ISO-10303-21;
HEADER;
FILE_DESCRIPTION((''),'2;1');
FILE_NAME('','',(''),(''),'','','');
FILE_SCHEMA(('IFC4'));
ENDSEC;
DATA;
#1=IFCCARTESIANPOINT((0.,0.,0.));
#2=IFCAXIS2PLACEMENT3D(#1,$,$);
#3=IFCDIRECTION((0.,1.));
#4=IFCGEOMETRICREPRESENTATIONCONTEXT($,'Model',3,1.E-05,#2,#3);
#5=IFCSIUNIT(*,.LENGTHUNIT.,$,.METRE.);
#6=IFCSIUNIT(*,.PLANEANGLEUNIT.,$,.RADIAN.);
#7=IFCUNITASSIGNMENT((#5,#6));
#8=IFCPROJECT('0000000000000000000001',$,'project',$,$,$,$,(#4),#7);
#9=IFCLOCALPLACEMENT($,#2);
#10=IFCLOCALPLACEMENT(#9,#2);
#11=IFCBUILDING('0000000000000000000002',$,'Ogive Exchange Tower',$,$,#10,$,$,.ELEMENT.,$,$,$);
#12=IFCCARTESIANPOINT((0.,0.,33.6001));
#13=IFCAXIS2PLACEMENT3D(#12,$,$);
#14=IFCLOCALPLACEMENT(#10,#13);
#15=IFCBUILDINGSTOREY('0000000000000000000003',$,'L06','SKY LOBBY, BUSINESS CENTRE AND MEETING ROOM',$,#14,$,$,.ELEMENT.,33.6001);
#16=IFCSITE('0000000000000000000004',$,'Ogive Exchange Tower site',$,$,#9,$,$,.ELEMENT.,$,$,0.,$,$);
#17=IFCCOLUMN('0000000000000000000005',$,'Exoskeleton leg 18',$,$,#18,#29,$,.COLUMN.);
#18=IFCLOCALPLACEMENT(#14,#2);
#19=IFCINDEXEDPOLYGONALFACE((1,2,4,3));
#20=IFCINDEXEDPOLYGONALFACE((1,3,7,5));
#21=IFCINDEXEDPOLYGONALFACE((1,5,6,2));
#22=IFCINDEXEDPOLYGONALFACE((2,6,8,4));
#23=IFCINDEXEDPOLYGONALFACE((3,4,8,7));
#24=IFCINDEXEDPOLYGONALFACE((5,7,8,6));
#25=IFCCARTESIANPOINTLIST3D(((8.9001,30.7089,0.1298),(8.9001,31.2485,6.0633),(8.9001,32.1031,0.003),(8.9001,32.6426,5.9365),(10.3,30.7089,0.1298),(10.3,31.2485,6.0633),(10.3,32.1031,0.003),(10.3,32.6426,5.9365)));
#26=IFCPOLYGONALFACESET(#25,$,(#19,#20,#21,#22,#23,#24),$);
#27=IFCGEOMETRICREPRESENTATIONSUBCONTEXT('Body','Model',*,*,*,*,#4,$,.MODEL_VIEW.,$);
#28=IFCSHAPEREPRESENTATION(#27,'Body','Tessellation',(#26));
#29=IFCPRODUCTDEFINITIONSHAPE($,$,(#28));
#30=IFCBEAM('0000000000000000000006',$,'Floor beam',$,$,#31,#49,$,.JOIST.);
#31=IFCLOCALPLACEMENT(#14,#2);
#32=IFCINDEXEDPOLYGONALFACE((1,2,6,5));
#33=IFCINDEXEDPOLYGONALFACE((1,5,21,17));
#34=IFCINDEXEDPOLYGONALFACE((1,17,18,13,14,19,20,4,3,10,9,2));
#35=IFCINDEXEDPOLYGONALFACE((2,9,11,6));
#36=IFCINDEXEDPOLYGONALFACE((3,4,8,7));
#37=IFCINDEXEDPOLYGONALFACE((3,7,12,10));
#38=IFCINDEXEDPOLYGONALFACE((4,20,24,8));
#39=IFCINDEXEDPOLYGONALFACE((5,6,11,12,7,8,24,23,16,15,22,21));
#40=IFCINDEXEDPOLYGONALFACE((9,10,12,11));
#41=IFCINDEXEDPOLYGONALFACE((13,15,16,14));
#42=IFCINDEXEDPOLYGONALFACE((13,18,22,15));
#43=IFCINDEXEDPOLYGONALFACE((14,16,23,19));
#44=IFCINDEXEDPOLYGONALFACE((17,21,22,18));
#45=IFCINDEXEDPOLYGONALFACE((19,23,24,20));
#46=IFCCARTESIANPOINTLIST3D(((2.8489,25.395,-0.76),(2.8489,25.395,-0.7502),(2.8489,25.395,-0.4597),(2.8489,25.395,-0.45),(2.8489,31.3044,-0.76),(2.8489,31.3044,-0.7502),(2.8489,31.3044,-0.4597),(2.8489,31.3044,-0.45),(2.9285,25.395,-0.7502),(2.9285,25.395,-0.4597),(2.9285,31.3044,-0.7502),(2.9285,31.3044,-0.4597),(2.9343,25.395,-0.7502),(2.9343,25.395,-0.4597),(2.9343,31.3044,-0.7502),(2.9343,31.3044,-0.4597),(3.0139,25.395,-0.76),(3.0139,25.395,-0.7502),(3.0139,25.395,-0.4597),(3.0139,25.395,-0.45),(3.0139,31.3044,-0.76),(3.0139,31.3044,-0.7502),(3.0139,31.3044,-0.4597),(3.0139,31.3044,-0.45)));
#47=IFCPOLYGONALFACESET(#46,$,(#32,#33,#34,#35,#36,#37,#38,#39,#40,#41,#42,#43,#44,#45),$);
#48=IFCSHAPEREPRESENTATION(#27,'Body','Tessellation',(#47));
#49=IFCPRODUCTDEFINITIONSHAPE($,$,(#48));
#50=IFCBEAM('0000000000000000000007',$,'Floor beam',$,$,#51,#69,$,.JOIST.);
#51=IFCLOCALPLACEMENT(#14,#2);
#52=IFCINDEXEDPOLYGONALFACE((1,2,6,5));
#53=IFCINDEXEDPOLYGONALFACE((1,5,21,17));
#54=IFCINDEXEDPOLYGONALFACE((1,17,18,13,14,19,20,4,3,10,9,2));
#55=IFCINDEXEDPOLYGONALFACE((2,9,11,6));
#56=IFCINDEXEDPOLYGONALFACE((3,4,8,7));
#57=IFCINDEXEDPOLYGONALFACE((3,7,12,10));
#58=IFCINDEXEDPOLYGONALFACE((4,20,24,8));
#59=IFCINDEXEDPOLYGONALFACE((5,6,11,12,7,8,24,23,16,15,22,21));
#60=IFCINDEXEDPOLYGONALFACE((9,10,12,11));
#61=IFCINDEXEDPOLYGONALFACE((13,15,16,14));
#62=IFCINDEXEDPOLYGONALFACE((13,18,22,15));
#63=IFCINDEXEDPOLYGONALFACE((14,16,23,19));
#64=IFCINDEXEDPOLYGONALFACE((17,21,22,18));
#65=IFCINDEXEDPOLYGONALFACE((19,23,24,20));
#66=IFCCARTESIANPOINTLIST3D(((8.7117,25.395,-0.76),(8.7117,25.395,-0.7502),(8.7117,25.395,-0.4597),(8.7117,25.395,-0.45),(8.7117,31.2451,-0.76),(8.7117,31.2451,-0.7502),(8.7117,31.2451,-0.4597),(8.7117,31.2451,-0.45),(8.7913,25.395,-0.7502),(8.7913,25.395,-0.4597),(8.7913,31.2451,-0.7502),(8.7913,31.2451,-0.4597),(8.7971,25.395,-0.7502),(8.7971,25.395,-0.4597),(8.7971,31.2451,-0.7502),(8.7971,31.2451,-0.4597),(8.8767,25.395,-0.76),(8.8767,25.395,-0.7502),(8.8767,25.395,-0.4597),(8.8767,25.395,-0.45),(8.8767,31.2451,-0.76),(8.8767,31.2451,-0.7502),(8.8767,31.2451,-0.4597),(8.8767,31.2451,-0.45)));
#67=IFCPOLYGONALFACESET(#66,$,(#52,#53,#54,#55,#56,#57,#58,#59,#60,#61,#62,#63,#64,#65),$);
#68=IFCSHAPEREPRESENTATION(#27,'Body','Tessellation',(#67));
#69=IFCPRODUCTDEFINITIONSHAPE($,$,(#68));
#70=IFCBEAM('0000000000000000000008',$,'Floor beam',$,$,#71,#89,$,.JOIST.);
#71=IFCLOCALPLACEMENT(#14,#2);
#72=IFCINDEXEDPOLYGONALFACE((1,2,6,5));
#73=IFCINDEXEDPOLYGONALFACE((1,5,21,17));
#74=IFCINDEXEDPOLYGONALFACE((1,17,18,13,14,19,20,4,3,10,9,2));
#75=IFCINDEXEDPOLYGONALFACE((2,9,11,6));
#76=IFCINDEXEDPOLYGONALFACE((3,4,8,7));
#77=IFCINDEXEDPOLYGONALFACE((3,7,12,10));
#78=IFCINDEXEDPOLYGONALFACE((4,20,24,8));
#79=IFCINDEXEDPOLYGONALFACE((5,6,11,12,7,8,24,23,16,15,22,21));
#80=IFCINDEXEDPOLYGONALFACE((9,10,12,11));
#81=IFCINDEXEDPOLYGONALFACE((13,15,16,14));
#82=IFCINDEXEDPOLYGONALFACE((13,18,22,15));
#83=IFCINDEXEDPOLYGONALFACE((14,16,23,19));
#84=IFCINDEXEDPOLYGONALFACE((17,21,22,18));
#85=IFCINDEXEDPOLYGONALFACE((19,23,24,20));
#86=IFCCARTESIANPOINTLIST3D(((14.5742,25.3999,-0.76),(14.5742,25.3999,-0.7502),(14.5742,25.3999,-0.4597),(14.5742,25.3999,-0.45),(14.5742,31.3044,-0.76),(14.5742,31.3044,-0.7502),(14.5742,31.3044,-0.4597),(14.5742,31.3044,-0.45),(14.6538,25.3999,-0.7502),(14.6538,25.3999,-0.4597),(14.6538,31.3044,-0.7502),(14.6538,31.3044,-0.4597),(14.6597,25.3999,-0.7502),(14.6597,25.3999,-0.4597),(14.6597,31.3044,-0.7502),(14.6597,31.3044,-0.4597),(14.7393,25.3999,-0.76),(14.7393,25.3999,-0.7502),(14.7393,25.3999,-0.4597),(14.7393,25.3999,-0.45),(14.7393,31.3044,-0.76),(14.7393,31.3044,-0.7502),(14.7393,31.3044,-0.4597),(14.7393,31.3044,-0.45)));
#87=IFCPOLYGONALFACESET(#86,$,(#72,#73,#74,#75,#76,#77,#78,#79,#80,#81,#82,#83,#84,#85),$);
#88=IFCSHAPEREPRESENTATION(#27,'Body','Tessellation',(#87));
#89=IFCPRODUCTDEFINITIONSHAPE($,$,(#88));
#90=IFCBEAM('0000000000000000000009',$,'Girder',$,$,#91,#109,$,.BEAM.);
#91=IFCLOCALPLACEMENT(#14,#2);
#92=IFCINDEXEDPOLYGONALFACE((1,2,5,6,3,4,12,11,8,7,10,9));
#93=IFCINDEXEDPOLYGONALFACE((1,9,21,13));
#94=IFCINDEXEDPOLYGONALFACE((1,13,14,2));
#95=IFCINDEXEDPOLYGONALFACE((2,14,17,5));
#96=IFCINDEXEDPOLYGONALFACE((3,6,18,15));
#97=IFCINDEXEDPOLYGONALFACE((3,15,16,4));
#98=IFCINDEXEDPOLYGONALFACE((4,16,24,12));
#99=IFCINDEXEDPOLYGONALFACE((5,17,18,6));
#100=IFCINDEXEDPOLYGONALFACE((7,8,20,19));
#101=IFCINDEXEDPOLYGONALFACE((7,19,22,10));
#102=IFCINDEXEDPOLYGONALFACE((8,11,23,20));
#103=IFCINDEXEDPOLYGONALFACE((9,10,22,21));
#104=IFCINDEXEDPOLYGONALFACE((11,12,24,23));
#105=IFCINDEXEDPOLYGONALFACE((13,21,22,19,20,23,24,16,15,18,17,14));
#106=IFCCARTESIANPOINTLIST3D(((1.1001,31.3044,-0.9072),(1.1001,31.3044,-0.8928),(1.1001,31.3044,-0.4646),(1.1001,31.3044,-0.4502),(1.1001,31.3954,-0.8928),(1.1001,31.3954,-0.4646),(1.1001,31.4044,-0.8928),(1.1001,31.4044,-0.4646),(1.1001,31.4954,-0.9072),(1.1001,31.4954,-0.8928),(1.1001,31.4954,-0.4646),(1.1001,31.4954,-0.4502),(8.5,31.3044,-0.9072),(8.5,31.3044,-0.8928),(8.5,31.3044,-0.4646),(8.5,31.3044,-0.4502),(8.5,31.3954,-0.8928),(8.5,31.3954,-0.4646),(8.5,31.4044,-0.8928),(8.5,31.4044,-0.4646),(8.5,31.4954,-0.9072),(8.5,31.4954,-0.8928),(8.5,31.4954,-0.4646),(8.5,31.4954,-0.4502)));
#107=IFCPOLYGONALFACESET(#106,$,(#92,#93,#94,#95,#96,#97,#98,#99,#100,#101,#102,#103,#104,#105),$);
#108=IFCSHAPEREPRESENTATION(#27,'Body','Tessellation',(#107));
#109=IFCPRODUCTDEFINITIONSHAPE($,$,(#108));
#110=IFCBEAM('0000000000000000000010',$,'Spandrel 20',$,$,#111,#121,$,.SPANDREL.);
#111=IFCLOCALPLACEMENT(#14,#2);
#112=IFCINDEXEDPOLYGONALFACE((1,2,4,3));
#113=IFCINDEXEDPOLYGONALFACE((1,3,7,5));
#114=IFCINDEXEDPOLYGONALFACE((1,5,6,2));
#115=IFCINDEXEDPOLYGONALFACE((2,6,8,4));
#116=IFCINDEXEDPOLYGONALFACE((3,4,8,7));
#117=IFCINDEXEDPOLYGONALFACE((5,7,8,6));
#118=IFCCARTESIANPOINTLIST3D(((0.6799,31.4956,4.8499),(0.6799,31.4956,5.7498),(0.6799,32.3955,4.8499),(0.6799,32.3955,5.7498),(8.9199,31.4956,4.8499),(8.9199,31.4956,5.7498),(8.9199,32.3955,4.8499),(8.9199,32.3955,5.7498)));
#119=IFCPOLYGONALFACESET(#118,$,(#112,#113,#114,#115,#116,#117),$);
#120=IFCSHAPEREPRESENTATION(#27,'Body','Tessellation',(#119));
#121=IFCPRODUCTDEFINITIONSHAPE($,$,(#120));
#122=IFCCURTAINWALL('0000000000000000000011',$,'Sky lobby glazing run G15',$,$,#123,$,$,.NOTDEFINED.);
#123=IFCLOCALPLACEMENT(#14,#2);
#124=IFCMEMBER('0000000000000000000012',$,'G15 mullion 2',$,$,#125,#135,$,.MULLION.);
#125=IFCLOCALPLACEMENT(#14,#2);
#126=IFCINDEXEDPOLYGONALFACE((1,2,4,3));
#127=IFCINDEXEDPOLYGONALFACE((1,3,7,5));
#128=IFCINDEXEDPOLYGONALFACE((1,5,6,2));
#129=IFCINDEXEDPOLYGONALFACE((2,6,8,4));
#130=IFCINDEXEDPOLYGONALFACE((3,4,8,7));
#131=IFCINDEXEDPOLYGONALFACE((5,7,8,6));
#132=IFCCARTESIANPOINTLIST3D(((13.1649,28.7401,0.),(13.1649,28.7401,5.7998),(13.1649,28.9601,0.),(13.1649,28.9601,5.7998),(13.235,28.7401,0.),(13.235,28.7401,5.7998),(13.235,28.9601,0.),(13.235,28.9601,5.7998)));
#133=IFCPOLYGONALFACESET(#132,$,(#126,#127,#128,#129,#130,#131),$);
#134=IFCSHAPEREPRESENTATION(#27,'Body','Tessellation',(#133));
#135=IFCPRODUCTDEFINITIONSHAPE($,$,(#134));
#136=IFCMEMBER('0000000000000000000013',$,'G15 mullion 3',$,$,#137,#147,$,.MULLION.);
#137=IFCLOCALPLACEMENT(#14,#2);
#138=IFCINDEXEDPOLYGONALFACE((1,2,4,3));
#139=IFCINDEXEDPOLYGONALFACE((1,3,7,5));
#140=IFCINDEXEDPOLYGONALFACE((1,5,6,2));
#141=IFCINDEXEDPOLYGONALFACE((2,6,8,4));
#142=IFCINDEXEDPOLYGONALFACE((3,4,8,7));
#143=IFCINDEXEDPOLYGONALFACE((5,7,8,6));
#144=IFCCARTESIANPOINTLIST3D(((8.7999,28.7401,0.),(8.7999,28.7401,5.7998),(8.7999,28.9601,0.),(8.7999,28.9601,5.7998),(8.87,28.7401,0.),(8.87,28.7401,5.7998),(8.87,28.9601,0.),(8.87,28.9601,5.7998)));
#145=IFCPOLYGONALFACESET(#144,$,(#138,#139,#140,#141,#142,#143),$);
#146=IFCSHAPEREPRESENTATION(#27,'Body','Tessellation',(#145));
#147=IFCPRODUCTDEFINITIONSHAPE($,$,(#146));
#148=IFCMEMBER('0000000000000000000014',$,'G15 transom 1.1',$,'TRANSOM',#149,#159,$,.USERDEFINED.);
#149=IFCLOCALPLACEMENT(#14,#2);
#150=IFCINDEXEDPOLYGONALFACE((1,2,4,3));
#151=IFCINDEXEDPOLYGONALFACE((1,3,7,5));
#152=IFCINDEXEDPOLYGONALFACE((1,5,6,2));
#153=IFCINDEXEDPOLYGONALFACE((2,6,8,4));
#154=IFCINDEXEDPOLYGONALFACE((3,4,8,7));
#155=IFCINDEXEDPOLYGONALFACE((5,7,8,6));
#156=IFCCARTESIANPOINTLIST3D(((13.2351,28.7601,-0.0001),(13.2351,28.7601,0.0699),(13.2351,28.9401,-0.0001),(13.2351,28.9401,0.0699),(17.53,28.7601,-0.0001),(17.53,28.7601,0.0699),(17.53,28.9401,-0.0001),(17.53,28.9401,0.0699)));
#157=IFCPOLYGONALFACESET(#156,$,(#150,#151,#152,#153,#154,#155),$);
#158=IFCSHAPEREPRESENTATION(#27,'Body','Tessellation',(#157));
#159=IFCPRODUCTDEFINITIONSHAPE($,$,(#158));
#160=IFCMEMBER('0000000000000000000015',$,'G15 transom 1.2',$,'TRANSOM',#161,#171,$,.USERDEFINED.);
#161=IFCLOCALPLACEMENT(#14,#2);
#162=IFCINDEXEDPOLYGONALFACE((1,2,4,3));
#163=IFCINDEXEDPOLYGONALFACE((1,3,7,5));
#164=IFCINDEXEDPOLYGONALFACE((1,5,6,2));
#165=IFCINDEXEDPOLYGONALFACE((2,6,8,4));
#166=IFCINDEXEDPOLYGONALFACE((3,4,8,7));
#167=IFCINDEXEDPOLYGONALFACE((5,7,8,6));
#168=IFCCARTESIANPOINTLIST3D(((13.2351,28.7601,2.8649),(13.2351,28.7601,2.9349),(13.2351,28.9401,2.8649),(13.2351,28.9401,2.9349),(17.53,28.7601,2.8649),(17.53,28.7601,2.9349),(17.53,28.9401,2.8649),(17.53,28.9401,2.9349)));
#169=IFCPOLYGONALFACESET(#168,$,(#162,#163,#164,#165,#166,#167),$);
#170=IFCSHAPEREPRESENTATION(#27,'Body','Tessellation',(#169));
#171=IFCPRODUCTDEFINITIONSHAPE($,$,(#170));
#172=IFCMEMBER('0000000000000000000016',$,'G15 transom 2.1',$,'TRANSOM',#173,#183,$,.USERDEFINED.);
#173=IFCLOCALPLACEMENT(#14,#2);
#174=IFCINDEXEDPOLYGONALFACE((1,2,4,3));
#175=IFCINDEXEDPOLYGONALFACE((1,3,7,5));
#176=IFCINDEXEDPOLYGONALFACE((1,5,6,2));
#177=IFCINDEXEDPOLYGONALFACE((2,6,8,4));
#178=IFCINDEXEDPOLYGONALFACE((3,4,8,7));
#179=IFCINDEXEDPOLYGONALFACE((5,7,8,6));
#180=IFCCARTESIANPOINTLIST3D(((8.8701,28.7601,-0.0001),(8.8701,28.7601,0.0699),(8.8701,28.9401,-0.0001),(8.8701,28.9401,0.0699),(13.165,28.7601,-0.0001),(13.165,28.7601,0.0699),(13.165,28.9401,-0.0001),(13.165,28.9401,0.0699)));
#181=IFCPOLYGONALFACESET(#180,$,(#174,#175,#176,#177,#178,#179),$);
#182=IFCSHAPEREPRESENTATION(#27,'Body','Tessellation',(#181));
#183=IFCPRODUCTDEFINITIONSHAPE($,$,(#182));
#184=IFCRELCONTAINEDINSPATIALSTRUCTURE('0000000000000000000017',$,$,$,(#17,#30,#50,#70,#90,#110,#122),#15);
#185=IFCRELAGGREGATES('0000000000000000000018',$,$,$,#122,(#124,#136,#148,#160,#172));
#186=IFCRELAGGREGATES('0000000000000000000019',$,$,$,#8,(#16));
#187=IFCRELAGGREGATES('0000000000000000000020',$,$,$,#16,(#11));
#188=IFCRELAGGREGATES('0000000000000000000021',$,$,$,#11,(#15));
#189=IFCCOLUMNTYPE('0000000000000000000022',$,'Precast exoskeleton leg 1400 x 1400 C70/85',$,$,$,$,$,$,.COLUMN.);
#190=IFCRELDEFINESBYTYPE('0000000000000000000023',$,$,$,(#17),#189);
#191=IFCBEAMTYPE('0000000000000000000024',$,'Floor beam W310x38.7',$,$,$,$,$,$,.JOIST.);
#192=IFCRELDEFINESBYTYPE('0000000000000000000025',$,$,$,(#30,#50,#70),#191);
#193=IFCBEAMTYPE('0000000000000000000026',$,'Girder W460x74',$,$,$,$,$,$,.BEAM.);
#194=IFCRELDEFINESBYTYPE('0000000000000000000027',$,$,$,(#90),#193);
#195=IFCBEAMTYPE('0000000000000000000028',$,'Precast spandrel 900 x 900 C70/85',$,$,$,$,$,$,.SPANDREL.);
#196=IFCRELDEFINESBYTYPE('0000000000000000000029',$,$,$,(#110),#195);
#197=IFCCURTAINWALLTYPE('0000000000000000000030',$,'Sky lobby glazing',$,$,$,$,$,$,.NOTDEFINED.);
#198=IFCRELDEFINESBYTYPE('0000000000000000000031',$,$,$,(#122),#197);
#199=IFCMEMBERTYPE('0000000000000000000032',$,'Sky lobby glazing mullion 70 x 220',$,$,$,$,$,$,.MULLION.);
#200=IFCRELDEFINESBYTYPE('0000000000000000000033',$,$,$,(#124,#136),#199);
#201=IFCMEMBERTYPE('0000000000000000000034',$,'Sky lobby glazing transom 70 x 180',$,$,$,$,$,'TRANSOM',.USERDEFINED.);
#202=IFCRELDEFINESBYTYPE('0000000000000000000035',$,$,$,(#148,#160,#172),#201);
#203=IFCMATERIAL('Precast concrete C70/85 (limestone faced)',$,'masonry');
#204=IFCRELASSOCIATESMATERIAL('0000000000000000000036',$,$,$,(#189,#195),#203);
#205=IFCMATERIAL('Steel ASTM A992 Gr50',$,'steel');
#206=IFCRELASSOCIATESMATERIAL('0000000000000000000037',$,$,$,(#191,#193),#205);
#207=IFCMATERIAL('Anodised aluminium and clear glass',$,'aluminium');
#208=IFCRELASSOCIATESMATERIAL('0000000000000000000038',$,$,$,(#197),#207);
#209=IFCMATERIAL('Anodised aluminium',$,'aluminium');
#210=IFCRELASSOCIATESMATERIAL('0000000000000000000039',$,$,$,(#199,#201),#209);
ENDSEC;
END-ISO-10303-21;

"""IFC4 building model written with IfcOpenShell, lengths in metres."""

from ifc_helpers import new_model, si_unit, direction, frame, origin, origin_2d, place, context, subcontext, project, spatial, rectangle, i_section, extrude, material, material_profile, profile_set, type_object, element, aggregate, save


model = new_model("IFC4")

# Units and contexts
model_context = context("Model", 3, precision=1e-05, world=origin(), true_north=direction((0.0, 1.0)))
body_context = subcontext(model_context, "Body", "Model", "MODEL_VIEW")
ifc_project = project(units=[si_unit("LENGTHUNIT", "METRE"), si_unit("PLANEANGLEUNIT", "RADIAN")], contexts=[model_context])

# Site, building, storey
site_placement = place(None, origin())
site = spatial("IfcSite", under=ifc_project, at=site_placement, Name="Ogive Exchange Tower site", CompositionType="ELEMENT", RefElevation=0.0)
building_placement = place(site_placement, origin())
building = spatial("IfcBuilding", under=site, at=building_placement, Name="Ogive Exchange Tower", CompositionType="ELEMENT")
storey_placement = place(building_placement, frame((0.0, 0.0, 33.6001)))
storey = spatial("IfcBuildingStorey", under=building, at=storey_placement, Name="L06", Description="SKY LOBBY, BUSINESS CENTRE AND MEETING ROOM", CompositionType="ELEMENT", Elevation=33.6001)

# Column
ifc_material_1 = material(Name="Precast concrete C70/85 (limestone faced)", Category="masonry")
ifc_material_profile_1 = material_profile(ifc_material_1, rectangle(XDim=1.3999, YDim=1.3999, at=origin_2d()), Name="1400 x 1400")
ifc_profile_set_1 = profile_set([ifc_material_profile_1], Name="Precast concrete C70/85 (limestone faced)")
column_type = type_object("IfcColumnType", Name="Precast exoskeleton leg 1400 x 1400 C70/85", PredefinedType="COLUMN", material=ifc_profile_set_1)
column_placement = place(storey_placement, frame((9.6001, 31.406, 0.0664), z_axis=(0.0, 0.090558, 0.995891), x_axis=(-1.0, 0.0, 0.0)))
element("IfcColumn", 1, at=column_placement, inside=storey, type_object=column_type, Name="Exoskeleton leg 18", PredefinedType="COLUMN", context=body_context, shape_type="SweptSolid", body=[
    extrude(rectangle(XDim=1.3999, YDim=1.3999, at=origin_2d()), origin(), (0.0, 0.0, 1.0), 5.958),
])

# Beams
ifc_material_2 = material(Name="Steel ASTM A992 Gr50", Category="steel")
ifc_material_profile_2 = material_profile(ifc_material_2, i_section(OverallWidth=0.165, OverallDepth=0.3101, WebThickness=0.0059, FlangeThickness=0.0098, at=origin_2d()), Name="W310x38.7")
ifc_profile_set_2 = profile_set([ifc_material_profile_2], Name="Steel ASTM A992 Gr50")
beam_type_1 = type_object("IfcBeamType", Name="Floor beam W310x38.7", PredefinedType="JOIST", material=ifc_profile_set_2)
beam_1_placement = place(storey_placement, frame((2.9314, 25.395, -0.605), z_axis=(0.0, 1.0, 0.0), x_axis=(-1.0, 0.0, 0.0)))
element("IfcBeam", 2, at=beam_1_placement, inside=storey, type_object=beam_type_1, Name="Floor beam", PredefinedType="JOIST", context=body_context, shape_type="SweptSolid", body=[
    extrude(i_section(OverallWidth=0.165, OverallDepth=0.3101, WebThickness=0.0059, FlangeThickness=0.0098, at=origin_2d()), origin(), (0.0, 0.0, 1.0), 5.9094),
])
beam_2_placement = place(storey_placement, frame((8.7942, 25.395, -0.605), z_axis=(0.0, 1.0, 0.0), x_axis=(-1.0, 0.0, 0.0)))
element("IfcBeam", 3, at=beam_2_placement, inside=storey, type_object=beam_type_1, Name="Floor beam", PredefinedType="JOIST", context=body_context, shape_type="SweptSolid", body=[
    extrude(i_section(OverallWidth=0.165, OverallDepth=0.3101, WebThickness=0.0059, FlangeThickness=0.0098, at=origin_2d()), origin(), (0.0, 0.0, 1.0), 5.8501),
])
beam_3_placement = place(storey_placement, frame((14.6567, 25.3999, -0.605), z_axis=(0.0, 1.0, 0.0), x_axis=(-1.0, 0.0, 0.0)))
element("IfcBeam", 4, at=beam_3_placement, inside=storey, type_object=beam_type_1, Name="Floor beam", PredefinedType="JOIST", context=body_context, shape_type="SweptSolid", body=[
    extrude(i_section(OverallWidth=0.165, OverallDepth=0.3101, WebThickness=0.0059, FlangeThickness=0.0098, at=origin_2d()), origin(), (0.0, 0.0, 1.0), 5.9045),
])
ifc_material_profile_3 = material_profile(ifc_material_2, i_section(OverallWidth=0.1909, OverallDepth=0.457, WebThickness=0.009, FlangeThickness=0.0144, at=origin_2d()), Name="W460x74")
ifc_profile_set_3 = profile_set([ifc_material_profile_3], Name="Steel ASTM A992 Gr50")
beam_type_2 = type_object("IfcBeamType", Name="Girder W460x74", PredefinedType="BEAM", material=ifc_profile_set_3)
beam_4_placement = place(storey_placement, frame((8.5, 31.3999, -0.6787), z_axis=(-1.0, 0.0, 0.0), x_axis=(0.0, -1.0, 0.0)))
element("IfcBeam", 5, at=beam_4_placement, inside=storey, type_object=beam_type_2, Name="Girder", PredefinedType="BEAM", context=body_context, shape_type="SweptSolid", body=[
    extrude(i_section(OverallWidth=0.1909, OverallDepth=0.457, WebThickness=0.009, FlangeThickness=0.0144, at=origin_2d()), origin(), (0.0, 0.0, 1.0), 7.3999),
])
ifc_material_profile_4 = material_profile(ifc_material_1, rectangle(XDim=0.8999, YDim=0.8999, at=origin_2d()), Name="900 x 900")
ifc_profile_set_4 = profile_set([ifc_material_profile_4], Name="Precast concrete C70/85 (limestone faced)")
beam_type_3 = type_object("IfcBeamType", Name="Precast spandrel 900 x 900 C70/85", PredefinedType="SPANDREL", material=ifc_profile_set_4)
beam_5_placement = place(storey_placement, frame((8.9199, 31.9456, 5.2998), z_axis=(-1.0, 0.0, 0.0), x_axis=(0.0, -1.0, 0.0)))
element("IfcBeam", 6, at=beam_5_placement, inside=storey, type_object=beam_type_3, Name="Spandrel 20", PredefinedType="SPANDREL", context=body_context, shape_type="SweptSolid", body=[
    extrude(rectangle(XDim=0.8999, YDim=0.8999, at=origin_2d()), origin(), (0.0, 0.0, 1.0), 8.24),
])

# Curtain wall, members
ifc_material_3 = material(Name="Anodised aluminium and clear glass", Category="aluminium")
curtain_wall_type = type_object("IfcCurtainWallType", Name="Sky lobby glazing", PredefinedType="NOTDEFINED", material=ifc_material_3)
curtain_wall_placement = place(storey_placement, origin())
curtain_wall = element("IfcCurtainWall", 7, at=curtain_wall_placement, inside=storey, type_object=curtain_wall_type, Name="Sky lobby glazing run G15", PredefinedType="NOTDEFINED")
ifc_material_4 = material(Name="Anodised aluminium", Category="aluminium")
ifc_material_profile_5 = material_profile(ifc_material_4, rectangle(XDim=0.22, YDim=0.0701, at=origin_2d()), Name="AL 70x220")
ifc_profile_set_5 = profile_set([ifc_material_profile_5], Name="Anodised aluminium")
member_type_1 = type_object("IfcMemberType", Name="Sky lobby glazing mullion 70 x 220", PredefinedType="MULLION", material=ifc_profile_set_5)
member_1_placement = place(storey_placement, frame((13.2, 28.8501, 0.0), z_axis=(0.0, 0.0, 1.0), x_axis=(0.0, -1.0, 0.0)))
member_1 = element("IfcMember", 8, at=member_1_placement, type_object=member_type_1, Name="G15 mullion 2", PredefinedType="MULLION", context=body_context, shape_type="SweptSolid", body=[
    extrude(rectangle(XDim=0.22, YDim=0.0701, at=origin_2d()), origin(), (0.0, 0.0, 1.0), 5.7998),
])
member_2_placement = place(storey_placement, frame((8.835, 28.8501, 0.0), z_axis=(0.0, 0.0, 1.0), x_axis=(0.0, -1.0, 0.0)))
member_2 = element("IfcMember", 9, at=member_2_placement, type_object=member_type_1, Name="G15 mullion 3", PredefinedType="MULLION", context=body_context, shape_type="SweptSolid", body=[
    extrude(rectangle(XDim=0.22, YDim=0.0701, at=origin_2d()), origin(), (0.0, 0.0, 1.0), 5.7998),
])
ifc_material_profile_6 = material_profile(ifc_material_4, rectangle(XDim=0.1799, YDim=0.0701, at=origin_2d()), Name="AL 70x180")
ifc_profile_set_6 = profile_set([ifc_material_profile_6], Name="Anodised aluminium")
member_type_2 = type_object("IfcMemberType", Name="Sky lobby glazing transom 70 x 180", ElementType="TRANSOM", PredefinedType="USERDEFINED", material=ifc_profile_set_6)
member_3_placement = place(storey_placement, frame((17.53, 28.8501, 0.0349), z_axis=(-1.0, 0.0, 0.0), x_axis=(0.0, -1.0, 0.0)))
member_3 = element("IfcMember", 10, at=member_3_placement, type_object=member_type_2, Name="G15 transom 1.1", ObjectType="TRANSOM", PredefinedType="USERDEFINED", context=body_context, shape_type="SweptSolid", body=[
    extrude(rectangle(XDim=0.1799, YDim=0.0701, at=origin_2d()), origin(), (0.0, 0.0, 1.0), 4.2949),
])
member_4_placement = place(storey_placement, frame((17.53, 28.8501, 2.8999), z_axis=(-1.0, 0.0, 0.0), x_axis=(0.0, -1.0, 0.0)))
member_4 = element("IfcMember", 11, at=member_4_placement, type_object=member_type_2, Name="G15 transom 1.2", ObjectType="TRANSOM", PredefinedType="USERDEFINED", context=body_context, shape_type="SweptSolid", body=[
    extrude(rectangle(XDim=0.1799, YDim=0.0701, at=origin_2d()), origin(), (0.0, 0.0, 1.0), 4.2949),
])
member_5_placement = place(storey_placement, frame((13.165, 28.8501, 0.0349), z_axis=(-1.0, 0.0, 0.0), x_axis=(0.0, -1.0, 0.0)))
member_5 = element("IfcMember", 12, at=member_5_placement, type_object=member_type_2, Name="G15 transom 2.1", ObjectType="TRANSOM", PredefinedType="USERDEFINED", context=body_context, shape_type="SweptSolid", body=[
    extrude(rectangle(XDim=0.1799, YDim=0.0701, at=origin_2d()), origin(), (0.0, 0.0, 1.0), 4.2949),
])
aggregate(curtain_wall, [member_1, member_2, member_3, member_4, member_5])

save(model, "model.ifc")
